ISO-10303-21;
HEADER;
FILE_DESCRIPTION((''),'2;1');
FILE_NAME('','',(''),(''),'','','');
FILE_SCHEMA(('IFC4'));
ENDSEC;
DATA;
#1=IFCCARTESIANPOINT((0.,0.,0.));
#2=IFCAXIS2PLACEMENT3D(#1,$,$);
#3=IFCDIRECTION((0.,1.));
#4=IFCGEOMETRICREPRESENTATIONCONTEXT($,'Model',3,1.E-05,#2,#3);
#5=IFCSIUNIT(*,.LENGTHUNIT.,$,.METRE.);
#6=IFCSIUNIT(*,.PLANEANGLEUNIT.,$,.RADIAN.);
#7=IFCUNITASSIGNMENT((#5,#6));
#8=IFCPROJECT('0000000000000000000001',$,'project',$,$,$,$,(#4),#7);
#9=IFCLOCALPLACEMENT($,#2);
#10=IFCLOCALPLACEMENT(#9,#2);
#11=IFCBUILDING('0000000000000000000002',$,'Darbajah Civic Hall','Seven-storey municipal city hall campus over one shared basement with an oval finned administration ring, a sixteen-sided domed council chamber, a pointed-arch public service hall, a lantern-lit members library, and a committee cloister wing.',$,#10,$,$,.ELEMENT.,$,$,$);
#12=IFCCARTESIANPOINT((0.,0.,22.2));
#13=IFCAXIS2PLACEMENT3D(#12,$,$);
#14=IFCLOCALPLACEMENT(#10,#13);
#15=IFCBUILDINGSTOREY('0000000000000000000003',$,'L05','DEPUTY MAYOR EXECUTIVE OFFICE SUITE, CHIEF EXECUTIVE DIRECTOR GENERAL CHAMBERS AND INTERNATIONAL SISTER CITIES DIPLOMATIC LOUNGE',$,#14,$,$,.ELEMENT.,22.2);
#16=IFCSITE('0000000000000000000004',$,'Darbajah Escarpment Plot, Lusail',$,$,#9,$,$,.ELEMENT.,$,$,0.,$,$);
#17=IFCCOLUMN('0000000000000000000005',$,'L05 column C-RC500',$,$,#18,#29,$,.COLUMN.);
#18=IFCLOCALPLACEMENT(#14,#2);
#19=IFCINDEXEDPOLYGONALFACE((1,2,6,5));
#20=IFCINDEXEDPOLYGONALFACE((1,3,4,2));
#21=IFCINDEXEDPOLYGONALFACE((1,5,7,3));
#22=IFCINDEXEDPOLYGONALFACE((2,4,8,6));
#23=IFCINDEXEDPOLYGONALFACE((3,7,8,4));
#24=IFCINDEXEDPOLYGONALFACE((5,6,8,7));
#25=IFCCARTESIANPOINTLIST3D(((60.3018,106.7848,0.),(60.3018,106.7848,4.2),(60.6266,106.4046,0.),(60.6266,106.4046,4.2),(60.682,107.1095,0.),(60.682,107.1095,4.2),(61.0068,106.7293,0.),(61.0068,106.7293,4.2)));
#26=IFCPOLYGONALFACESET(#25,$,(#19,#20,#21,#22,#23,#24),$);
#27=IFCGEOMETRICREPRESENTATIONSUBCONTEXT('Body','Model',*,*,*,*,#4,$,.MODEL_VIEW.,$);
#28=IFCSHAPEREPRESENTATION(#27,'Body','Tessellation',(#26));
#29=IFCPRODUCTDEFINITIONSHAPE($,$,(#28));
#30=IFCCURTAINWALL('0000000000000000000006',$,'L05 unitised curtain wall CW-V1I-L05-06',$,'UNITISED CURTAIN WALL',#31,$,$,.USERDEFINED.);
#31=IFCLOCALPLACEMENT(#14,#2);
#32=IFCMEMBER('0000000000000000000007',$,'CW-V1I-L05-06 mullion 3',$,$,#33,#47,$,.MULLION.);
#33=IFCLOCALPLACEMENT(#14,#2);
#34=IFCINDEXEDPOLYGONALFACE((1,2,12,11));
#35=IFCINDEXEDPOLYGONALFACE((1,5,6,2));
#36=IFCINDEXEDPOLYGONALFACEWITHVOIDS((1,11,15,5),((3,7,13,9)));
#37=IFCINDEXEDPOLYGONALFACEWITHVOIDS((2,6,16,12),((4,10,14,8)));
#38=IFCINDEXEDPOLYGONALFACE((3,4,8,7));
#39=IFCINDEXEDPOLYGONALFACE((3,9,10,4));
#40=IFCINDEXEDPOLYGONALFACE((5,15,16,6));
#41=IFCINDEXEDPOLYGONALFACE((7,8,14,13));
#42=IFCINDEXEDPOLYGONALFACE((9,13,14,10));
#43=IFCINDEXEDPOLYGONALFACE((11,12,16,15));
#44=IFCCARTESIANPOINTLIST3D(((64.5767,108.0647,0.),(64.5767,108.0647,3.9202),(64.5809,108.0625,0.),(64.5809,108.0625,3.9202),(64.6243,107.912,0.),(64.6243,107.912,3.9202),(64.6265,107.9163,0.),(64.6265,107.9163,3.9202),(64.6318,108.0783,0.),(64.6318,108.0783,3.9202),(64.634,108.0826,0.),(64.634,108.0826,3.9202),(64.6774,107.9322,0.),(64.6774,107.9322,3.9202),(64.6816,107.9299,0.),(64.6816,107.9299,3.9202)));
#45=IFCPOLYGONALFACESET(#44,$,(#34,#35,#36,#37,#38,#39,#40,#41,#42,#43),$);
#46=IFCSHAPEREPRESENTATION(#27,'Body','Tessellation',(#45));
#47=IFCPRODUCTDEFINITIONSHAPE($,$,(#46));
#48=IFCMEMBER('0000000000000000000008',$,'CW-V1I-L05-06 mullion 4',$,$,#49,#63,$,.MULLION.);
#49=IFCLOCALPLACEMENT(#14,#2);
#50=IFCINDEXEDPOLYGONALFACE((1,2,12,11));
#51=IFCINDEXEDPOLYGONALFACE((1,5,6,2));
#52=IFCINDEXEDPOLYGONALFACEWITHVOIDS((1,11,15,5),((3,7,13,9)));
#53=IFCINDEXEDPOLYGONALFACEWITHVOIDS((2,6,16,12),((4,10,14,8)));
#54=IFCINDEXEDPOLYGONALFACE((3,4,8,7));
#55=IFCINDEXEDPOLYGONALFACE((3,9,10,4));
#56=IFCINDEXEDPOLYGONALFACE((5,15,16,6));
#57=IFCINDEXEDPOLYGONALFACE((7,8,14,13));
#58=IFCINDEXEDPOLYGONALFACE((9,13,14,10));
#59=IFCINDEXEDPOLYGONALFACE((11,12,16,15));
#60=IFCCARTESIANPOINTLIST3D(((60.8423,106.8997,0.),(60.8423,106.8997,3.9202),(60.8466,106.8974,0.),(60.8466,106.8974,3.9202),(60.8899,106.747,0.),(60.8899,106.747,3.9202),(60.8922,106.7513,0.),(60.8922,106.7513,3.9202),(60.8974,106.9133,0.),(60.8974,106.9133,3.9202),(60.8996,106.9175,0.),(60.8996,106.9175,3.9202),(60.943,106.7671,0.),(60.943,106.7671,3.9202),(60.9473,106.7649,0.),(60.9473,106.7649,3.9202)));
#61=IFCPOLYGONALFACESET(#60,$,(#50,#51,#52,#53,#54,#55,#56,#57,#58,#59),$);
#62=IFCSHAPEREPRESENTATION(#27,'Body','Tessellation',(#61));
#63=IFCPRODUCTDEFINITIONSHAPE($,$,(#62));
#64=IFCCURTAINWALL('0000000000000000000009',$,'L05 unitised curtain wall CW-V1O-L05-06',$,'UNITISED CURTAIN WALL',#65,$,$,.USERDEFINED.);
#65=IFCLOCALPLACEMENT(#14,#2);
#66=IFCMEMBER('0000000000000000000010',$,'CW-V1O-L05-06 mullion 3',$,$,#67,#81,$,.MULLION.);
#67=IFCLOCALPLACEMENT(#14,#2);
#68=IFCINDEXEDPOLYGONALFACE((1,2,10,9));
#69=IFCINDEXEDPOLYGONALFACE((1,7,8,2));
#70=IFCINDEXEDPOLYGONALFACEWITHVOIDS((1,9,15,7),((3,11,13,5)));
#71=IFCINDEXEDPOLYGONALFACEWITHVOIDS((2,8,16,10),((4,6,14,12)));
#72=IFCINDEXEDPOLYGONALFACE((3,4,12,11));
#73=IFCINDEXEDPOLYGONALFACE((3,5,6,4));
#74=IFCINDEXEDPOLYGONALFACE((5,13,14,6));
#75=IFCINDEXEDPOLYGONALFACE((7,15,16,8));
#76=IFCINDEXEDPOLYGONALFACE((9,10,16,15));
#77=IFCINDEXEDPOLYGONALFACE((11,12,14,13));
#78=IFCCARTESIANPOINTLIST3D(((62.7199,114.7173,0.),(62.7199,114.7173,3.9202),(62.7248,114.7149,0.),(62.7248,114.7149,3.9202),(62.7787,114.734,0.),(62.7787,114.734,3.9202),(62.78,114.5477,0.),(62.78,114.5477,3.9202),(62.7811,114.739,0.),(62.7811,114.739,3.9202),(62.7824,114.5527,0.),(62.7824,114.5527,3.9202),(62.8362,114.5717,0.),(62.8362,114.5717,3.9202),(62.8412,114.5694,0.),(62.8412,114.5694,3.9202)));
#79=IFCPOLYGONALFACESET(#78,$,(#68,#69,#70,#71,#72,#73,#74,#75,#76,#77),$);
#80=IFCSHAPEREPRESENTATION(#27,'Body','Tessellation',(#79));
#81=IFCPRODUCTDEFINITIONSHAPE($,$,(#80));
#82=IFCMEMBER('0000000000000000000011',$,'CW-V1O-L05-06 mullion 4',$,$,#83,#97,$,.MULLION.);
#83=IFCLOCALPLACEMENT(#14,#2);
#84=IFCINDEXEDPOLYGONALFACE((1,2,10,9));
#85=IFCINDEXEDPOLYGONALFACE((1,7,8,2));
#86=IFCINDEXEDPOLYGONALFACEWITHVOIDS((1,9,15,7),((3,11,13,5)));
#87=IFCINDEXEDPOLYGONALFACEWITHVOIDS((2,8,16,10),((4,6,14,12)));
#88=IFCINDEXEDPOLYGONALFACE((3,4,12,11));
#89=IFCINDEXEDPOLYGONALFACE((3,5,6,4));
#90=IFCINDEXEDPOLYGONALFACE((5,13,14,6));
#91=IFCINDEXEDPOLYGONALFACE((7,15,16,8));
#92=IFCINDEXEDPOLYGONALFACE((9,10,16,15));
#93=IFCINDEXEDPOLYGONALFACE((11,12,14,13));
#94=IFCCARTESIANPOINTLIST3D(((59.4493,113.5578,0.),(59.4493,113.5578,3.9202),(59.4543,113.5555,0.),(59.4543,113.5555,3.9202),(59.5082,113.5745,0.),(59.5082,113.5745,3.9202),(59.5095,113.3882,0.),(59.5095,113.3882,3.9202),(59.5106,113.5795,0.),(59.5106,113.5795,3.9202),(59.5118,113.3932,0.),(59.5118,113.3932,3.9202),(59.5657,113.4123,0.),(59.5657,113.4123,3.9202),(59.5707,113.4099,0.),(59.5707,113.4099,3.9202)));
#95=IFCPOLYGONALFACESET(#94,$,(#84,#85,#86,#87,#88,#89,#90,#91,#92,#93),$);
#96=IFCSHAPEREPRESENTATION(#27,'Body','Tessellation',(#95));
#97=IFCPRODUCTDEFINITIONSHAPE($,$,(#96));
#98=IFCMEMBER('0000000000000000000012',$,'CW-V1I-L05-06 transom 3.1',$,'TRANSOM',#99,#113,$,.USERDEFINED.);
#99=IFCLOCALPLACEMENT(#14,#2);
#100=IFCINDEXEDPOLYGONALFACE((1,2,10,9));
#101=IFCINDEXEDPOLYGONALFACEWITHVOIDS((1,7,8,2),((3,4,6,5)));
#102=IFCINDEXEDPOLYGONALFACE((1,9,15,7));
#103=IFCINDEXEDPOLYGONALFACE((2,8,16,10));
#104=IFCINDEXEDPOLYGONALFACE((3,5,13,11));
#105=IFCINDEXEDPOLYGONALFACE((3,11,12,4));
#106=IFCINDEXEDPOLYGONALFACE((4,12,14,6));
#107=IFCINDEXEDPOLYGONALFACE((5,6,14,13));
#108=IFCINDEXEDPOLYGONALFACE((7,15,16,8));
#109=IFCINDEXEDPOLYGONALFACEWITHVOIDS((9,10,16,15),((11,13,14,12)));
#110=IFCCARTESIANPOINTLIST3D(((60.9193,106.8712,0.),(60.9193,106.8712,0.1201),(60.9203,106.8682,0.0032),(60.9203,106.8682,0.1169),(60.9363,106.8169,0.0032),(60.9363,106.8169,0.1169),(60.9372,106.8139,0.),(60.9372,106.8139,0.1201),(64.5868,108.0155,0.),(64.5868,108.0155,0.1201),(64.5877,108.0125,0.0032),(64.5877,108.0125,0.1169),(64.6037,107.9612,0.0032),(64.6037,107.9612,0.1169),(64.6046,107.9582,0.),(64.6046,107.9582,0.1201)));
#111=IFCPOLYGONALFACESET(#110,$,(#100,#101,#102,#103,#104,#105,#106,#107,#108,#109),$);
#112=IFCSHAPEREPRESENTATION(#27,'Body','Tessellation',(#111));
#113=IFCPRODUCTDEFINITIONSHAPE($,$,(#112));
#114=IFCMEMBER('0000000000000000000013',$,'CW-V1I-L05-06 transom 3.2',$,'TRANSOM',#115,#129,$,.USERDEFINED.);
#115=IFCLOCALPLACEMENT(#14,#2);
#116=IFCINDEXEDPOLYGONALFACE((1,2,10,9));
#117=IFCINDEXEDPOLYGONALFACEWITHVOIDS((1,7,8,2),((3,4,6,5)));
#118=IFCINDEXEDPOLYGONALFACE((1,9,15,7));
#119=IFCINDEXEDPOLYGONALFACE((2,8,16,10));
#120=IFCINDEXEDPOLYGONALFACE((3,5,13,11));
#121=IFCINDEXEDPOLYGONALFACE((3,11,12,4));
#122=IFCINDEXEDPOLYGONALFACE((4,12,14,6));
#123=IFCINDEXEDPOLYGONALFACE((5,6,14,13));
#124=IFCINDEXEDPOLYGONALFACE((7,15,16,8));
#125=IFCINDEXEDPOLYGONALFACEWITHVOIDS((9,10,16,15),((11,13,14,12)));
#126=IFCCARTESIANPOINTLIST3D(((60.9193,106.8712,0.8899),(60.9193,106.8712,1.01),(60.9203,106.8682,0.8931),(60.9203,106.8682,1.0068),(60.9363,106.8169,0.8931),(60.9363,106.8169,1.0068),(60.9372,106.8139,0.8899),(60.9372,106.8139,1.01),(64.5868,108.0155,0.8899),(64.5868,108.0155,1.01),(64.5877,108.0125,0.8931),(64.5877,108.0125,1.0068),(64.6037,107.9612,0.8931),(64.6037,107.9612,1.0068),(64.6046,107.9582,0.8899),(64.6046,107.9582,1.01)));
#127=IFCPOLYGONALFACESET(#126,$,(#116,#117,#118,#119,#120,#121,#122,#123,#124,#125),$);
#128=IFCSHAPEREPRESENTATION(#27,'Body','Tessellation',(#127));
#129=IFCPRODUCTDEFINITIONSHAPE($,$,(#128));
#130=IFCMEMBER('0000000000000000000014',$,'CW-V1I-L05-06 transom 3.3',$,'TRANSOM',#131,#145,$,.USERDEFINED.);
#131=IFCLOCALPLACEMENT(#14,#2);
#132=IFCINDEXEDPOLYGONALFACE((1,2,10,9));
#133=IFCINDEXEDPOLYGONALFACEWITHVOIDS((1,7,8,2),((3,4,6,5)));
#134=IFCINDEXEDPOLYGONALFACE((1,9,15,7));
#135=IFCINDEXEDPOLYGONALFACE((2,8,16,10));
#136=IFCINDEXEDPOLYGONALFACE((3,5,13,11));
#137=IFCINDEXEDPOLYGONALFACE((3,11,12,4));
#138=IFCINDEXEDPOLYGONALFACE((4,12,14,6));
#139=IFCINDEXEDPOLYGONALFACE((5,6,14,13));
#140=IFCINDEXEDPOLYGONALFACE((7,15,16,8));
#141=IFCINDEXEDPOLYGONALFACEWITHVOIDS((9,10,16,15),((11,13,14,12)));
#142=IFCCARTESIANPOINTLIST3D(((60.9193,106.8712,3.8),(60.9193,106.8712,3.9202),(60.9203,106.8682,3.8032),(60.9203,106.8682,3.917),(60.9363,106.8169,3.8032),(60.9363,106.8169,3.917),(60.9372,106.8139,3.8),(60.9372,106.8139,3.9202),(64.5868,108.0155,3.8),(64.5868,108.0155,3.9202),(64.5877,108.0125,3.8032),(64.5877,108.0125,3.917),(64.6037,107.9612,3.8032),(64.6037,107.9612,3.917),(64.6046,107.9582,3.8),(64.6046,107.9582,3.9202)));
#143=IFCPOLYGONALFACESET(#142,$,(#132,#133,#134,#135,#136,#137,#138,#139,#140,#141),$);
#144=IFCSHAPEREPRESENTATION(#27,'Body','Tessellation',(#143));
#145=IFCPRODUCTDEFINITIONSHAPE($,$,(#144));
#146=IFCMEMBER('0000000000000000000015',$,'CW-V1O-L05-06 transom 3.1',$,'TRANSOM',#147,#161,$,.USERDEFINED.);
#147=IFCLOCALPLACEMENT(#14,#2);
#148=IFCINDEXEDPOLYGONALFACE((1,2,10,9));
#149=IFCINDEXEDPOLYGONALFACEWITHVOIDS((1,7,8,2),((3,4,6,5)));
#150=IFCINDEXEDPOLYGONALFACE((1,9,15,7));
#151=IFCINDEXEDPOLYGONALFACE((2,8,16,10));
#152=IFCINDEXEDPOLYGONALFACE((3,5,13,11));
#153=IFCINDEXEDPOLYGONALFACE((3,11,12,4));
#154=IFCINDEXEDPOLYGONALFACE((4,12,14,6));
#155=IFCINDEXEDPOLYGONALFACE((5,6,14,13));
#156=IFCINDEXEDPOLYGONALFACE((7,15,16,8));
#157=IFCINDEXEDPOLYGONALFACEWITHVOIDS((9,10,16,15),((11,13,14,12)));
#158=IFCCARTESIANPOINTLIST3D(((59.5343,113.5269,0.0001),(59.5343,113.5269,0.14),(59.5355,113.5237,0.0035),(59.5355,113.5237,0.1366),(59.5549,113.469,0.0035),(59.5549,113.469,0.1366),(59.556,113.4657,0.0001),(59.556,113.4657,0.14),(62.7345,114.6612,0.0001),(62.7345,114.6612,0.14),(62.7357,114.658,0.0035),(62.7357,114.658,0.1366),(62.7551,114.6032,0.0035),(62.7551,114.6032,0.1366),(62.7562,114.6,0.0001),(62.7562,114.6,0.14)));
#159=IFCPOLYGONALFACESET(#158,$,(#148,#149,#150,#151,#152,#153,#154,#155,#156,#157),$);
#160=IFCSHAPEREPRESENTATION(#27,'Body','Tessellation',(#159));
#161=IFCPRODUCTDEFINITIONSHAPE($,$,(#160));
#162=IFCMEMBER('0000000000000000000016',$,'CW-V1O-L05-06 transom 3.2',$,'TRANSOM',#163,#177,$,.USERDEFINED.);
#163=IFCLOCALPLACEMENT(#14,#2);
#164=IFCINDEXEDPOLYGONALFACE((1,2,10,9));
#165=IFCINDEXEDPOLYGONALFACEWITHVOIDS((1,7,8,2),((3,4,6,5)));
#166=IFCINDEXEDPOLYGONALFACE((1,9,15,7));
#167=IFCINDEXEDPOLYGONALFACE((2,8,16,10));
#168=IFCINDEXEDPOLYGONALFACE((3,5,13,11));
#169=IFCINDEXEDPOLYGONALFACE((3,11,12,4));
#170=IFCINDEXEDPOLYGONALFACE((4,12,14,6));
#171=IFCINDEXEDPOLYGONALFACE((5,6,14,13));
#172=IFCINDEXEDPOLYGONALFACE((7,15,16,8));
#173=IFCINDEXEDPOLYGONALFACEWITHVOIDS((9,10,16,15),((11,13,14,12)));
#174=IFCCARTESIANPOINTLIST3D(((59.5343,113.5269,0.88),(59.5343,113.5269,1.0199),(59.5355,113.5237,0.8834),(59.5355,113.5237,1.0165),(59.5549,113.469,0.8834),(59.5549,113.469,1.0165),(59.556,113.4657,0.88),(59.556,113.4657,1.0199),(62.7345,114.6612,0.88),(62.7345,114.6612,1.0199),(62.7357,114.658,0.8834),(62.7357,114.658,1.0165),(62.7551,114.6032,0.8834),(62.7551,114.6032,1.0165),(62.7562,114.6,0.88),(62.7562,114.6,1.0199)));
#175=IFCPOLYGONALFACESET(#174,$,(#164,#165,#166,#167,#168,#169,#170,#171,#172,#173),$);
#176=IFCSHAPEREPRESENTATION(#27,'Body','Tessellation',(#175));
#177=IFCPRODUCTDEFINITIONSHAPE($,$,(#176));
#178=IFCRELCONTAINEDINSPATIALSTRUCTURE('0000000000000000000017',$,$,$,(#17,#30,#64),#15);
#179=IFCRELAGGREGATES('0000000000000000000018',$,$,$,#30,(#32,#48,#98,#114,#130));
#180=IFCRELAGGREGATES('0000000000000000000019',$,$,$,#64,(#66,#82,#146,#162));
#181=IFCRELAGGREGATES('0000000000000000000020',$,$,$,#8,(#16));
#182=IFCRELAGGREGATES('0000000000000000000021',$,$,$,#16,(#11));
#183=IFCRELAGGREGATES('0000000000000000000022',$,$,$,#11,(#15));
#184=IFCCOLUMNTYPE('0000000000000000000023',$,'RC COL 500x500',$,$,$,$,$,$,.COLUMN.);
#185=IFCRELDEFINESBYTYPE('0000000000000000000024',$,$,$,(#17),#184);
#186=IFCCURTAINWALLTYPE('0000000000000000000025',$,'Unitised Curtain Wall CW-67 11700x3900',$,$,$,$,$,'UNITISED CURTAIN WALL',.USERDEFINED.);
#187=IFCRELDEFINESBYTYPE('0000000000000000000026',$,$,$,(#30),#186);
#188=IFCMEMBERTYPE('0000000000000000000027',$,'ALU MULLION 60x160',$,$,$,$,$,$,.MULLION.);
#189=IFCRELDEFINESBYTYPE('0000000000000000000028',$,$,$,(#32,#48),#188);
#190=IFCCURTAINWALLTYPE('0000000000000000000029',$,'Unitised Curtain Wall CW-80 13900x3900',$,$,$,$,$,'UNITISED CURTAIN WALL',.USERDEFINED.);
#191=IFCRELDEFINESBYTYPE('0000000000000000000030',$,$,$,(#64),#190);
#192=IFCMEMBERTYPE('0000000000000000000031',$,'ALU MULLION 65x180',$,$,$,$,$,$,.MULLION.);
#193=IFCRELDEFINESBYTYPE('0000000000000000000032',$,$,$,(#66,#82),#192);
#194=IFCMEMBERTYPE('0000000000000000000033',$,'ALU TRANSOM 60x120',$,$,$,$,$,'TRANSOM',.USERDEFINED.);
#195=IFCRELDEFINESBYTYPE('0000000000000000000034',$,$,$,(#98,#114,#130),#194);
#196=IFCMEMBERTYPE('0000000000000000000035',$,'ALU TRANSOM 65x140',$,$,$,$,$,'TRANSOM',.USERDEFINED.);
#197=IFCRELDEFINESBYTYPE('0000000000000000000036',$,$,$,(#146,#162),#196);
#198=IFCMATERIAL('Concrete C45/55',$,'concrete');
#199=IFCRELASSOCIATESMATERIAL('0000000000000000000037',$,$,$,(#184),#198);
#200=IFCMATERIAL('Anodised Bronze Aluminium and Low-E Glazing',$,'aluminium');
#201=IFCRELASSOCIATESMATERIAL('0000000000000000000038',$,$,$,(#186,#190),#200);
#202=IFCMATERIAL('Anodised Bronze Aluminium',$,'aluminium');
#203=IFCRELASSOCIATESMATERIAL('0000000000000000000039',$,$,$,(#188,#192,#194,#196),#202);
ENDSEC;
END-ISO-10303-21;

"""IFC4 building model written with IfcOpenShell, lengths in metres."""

from ifc_helpers import new_model, si_unit, direction, frame, origin, origin_2d, place, context, subcontext, project, spatial, rectangle, hollow_rectangle, extrude, material, material_profile, profile_set, type_object, element, aggregate, save


model = new_model("IFC4")

# Units and contexts
model_context = context("Model", 3, precision=1e-05, world=origin(), true_north=direction((0.0, 1.0)))
body_context = subcontext(model_context, "Body", "Model", "MODEL_VIEW")
ifc_project = project(units=[si_unit("LENGTHUNIT", "METRE"), si_unit("PLANEANGLEUNIT", "RADIAN")], contexts=[model_context])

# Site, building, storey
site_placement = place(None, origin())
site = spatial("IfcSite", under=ifc_project, at=site_placement, Name="Darbajah Escarpment Plot, Lusail", CompositionType="ELEMENT", RefElevation=0.0)
building_placement = place(site_placement, origin())
building = spatial("IfcBuilding", under=site, at=building_placement, Name="Darbajah Civic Hall", Description="Seven-storey municipal city hall campus over one shared basement with an oval finned administration ring, a sixteen-sided domed council chamber, a pointed-arch public service hall, a lantern-lit members library, and a committee cloister wing.", CompositionType="ELEMENT")
storey_placement = place(building_placement, frame((0.0, 0.0, 22.2)))
storey = spatial("IfcBuildingStorey", under=building, at=storey_placement, Name="L05", Description="DEPUTY MAYOR EXECUTIVE OFFICE SUITE, CHIEF EXECUTIVE DIRECTOR GENERAL CHAMBERS AND INTERNATIONAL SISTER CITIES DIPLOMATIC LOUNGE", CompositionType="ELEMENT", Elevation=22.2)

# Column
ifc_material_1 = material(Name="Concrete C45/55", Category="concrete")
ifc_material_profile_1 = material_profile(ifc_material_1, rectangle(XDim=0.5, YDim=0.5, at=origin_2d()), Name="RC COL 500x500")
ifc_profile_set_1 = profile_set([ifc_material_profile_1], Name="Concrete C45/55")
column_type = type_object("IfcColumnType", Name="RC COL 500x500", PredefinedType="COLUMN", material=ifc_profile_set_1)
column_placement = place(storey_placement, frame((60.6543, 106.7571, 0.0), z_axis=(0.0, 0.0, 1.0), x_axis=(-0.649448, 0.760406, 0.0)))
element("IfcColumn", 1, at=column_placement, inside=storey, type_object=column_type, Name="L05 column C-RC500", PredefinedType="COLUMN", context=body_context, shape_type="SweptSolid", body=[
    extrude(rectangle(XDim=0.5, YDim=0.5, at=origin_2d()), origin(), (0.0, 0.0, 1.0), 4.2),
])

# Curtain walls, members
ifc_material_2 = material(Name="Anodised Bronze Aluminium and Low-E Glazing", Category="aluminium")
curtain_wall_type_1 = type_object("IfcCurtainWallType", Name="Unitised Curtain Wall CW-67 11700x3900", ElementType="UNITISED CURTAIN WALL", PredefinedType="USERDEFINED", material=ifc_material_2)
curtain_wall_1_placement = place(storey_placement, origin())
curtain_wall_1 = element("IfcCurtainWall", 2, at=curtain_wall_1_placement, inside=storey, type_object=curtain_wall_type_1, Name="L05 unitised curtain wall CW-V1I-L05-06", ObjectType="UNITISED CURTAIN WALL", PredefinedType="USERDEFINED")
ifc_material_3 = material(Name="Anodised Bronze Aluminium", Category="aluminium")
ifc_material_profile_2 = material_profile(ifc_material_3, hollow_rectangle(XDim=0.0601, YDim=0.1599, WallThickness=0.0034, at=origin_2d()), Name="ALU MULLION 60x160")
ifc_profile_set_2 = profile_set([ifc_material_profile_2], Name="Anodised Bronze Aluminium")
member_type_1 = type_object("IfcMemberType", Name="ALU MULLION 60x160", PredefinedType="MULLION", material=ifc_profile_set_2)
member_1_placement = place(storey_placement, frame((64.6292, 107.9973, 0.0), z_axis=(0.0, 0.0, 1.0), x_axis=(-0.954605, -0.297875, 0.0)))
member_1 = element("IfcMember", 3, at=member_1_placement, type_object=member_type_1, Name="CW-V1I-L05-06 mullion 3", PredefinedType="MULLION", context=body_context, shape_type="SweptSolid", body=[
    extrude(hollow_rectangle(XDim=0.0601, YDim=0.1599, WallThickness=0.0034, at=origin_2d()), origin(), (0.0, 0.0, 1.0), 3.9202),
])
member_2_placement = place(storey_placement, frame((60.8948, 106.8323, 0.0), z_axis=(0.0, 0.0, 1.0), x_axis=(-0.954605, -0.297875, 0.0)))
member_2 = element("IfcMember", 4, at=member_2_placement, type_object=member_type_1, Name="CW-V1I-L05-06 mullion 4", PredefinedType="MULLION", context=body_context, shape_type="SweptSolid", body=[
    extrude(hollow_rectangle(XDim=0.0601, YDim=0.1599, WallThickness=0.0034, at=origin_2d()), origin(), (0.0, 0.0, 1.0), 3.9202),
])
curtain_wall_type_2 = type_object("IfcCurtainWallType", Name="Unitised Curtain Wall CW-80 13900x3900", ElementType="UNITISED CURTAIN WALL", PredefinedType="USERDEFINED", material=ifc_material_2)
curtain_wall_2_placement = place(storey_placement, origin())
curtain_wall_2 = element("IfcCurtainWall", 5, at=curtain_wall_2_placement, inside=storey, type_object=curtain_wall_type_2, Name="L05 unitised curtain wall CW-V1O-L05-06", ObjectType="UNITISED CURTAIN WALL", PredefinedType="USERDEFINED")
ifc_material_profile_3 = material_profile(ifc_material_3, hollow_rectangle(XDim=0.0649, YDim=0.1799, WallThickness=0.0039, at=origin_2d()), Name="ALU MULLION 65x180")
ifc_profile_set_3 = profile_set([ifc_material_profile_3], Name="Anodised Bronze Aluminium")
member_type_2 = type_object("IfcMemberType", Name="ALU MULLION 65x180", PredefinedType="MULLION", material=ifc_profile_set_3)
member_3_placement = place(storey_placement, frame((62.7805, 114.6433, 0.0), z_axis=(0.0, 0.0, 1.0), x_axis=(-0.942525, -0.334136, 0.0)))
member_3 = element("IfcMember", 6, at=member_3_placement, type_object=member_type_2, Name="CW-V1O-L05-06 mullion 3", PredefinedType="MULLION", context=body_context, shape_type="SweptSolid", body=[
    extrude(hollow_rectangle(XDim=0.0649, YDim=0.1799, WallThickness=0.0039, at=origin_2d()), origin(), (0.0, 0.0, 1.0), 3.9202),
])
member_4_placement = place(storey_placement, frame((59.51, 113.4839, 0.0), z_axis=(0.0, 0.0, 1.0), x_axis=(-0.942525, -0.334136, 0.0)))
member_4 = element("IfcMember", 7, at=member_4_placement, type_object=member_type_2, Name="CW-V1O-L05-06 mullion 4", PredefinedType="MULLION", context=body_context, shape_type="SweptSolid", body=[
    extrude(hollow_rectangle(XDim=0.0649, YDim=0.1799, WallThickness=0.0039, at=origin_2d()), origin(), (0.0, 0.0, 1.0), 3.9202),
])

# Members
ifc_material_profile_4 = material_profile(ifc_material_3, hollow_rectangle(XDim=0.0601, YDim=0.1201, WallThickness=0.0032, at=origin_2d()), Name="ALU TRANSOM 60x120")
ifc_profile_set_4 = profile_set([ifc_material_profile_4], Name="Anodised Bronze Aluminium")
member_type_3 = type_object("IfcMemberType", Name="ALU TRANSOM 60x120", ElementType="TRANSOM", PredefinedType="USERDEFINED", material=ifc_profile_set_4)
member_5_placement = place(storey_placement, frame((64.5957, 107.9868, 0.0601), z_axis=(-0.954613, -0.297848, 0.0), x_axis=(0.297848, -0.954613, 0.0)))
member_5 = element("IfcMember", 8, at=member_5_placement, type_object=member_type_3, Name="CW-V1I-L05-06 transom 3.1", ObjectType="TRANSOM", PredefinedType="USERDEFINED", context=body_context, shape_type="SweptSolid", body=[
    extrude(hollow_rectangle(XDim=0.0601, YDim=0.1201, WallThickness=0.0032, at=origin_2d()), origin(), (0.0, 0.0, 1.0), 3.8418),
])
member_6_placement = place(storey_placement, frame((64.5957, 107.9868, 0.95), z_axis=(-0.954613, -0.297848, 0.0), x_axis=(0.297848, -0.954613, 0.0)))
member_6 = element("IfcMember", 9, at=member_6_placement, type_object=member_type_3, Name="CW-V1I-L05-06 transom 3.2", ObjectType="TRANSOM", PredefinedType="USERDEFINED", context=body_context, shape_type="SweptSolid", body=[
    extrude(hollow_rectangle(XDim=0.0601, YDim=0.1201, WallThickness=0.0032, at=origin_2d()), origin(), (0.0, 0.0, 1.0), 3.8418),
])
member_7_placement = place(storey_placement, frame((64.5957, 107.9868, 3.8601), z_axis=(-0.954613, -0.297848, 0.0), x_axis=(0.297848, -0.954613, 0.0)))
member_7 = element("IfcMember", 10, at=member_7_placement, type_object=member_type_3, Name="CW-V1I-L05-06 transom 3.3", ObjectType="TRANSOM", PredefinedType="USERDEFINED", context=body_context, shape_type="SweptSolid", body=[
    extrude(hollow_rectangle(XDim=0.0601, YDim=0.1201, WallThickness=0.0032, at=origin_2d()), origin(), (0.0, 0.0, 1.0), 3.8418),
])
ifc_material_profile_5 = material_profile(ifc_material_3, hollow_rectangle(XDim=0.0649, YDim=0.1399, WallThickness=0.0034, at=origin_2d()), Name="ALU TRANSOM 65x140")
ifc_profile_set_5 = profile_set([ifc_material_profile_5], Name="Anodised Bronze Aluminium")
member_type_4 = type_object("IfcMemberType", Name="ALU TRANSOM 65x140", ElementType="TRANSOM", PredefinedType="USERDEFINED", material=ifc_profile_set_5)
member_8_placement = place(storey_placement, frame((62.7454, 114.6306, 0.0701), z_axis=(-0.942546, -0.334076, 0.0), x_axis=(0.334076, -0.942546, 0.0)))
member_8 = element("IfcMember", 11, at=member_8_placement, type_object=member_type_4, Name="CW-V1O-L05-06 transom 3.1", ObjectType="TRANSOM", PredefinedType="USERDEFINED", context=body_context, shape_type="SweptSolid", body=[
    extrude(hollow_rectangle(XDim=0.0649, YDim=0.1399, WallThickness=0.0034, at=origin_2d()), origin(), (0.0, 0.0, 1.0), 3.3953),
])
member_9_placement = place(storey_placement, frame((62.7454, 114.6306, 0.95), z_axis=(-0.942546, -0.334076, 0.0), x_axis=(0.334076, -0.942546, 0.0)))
member_9 = element("IfcMember", 12, at=member_9_placement, type_object=member_type_4, Name="CW-V1O-L05-06 transom 3.2", ObjectType="TRANSOM", PredefinedType="USERDEFINED", context=body_context, shape_type="SweptSolid", body=[
    extrude(hollow_rectangle(XDim=0.0649, YDim=0.1399, WallThickness=0.0034, at=origin_2d()), origin(), (0.0, 0.0, 1.0), 3.3953),
])

aggregate(curtain_wall_1, [member_1, member_2, member_5, member_6, member_7])
aggregate(curtain_wall_2, [member_3, member_4, member_8, member_9])

save(model, "model.ifc")
